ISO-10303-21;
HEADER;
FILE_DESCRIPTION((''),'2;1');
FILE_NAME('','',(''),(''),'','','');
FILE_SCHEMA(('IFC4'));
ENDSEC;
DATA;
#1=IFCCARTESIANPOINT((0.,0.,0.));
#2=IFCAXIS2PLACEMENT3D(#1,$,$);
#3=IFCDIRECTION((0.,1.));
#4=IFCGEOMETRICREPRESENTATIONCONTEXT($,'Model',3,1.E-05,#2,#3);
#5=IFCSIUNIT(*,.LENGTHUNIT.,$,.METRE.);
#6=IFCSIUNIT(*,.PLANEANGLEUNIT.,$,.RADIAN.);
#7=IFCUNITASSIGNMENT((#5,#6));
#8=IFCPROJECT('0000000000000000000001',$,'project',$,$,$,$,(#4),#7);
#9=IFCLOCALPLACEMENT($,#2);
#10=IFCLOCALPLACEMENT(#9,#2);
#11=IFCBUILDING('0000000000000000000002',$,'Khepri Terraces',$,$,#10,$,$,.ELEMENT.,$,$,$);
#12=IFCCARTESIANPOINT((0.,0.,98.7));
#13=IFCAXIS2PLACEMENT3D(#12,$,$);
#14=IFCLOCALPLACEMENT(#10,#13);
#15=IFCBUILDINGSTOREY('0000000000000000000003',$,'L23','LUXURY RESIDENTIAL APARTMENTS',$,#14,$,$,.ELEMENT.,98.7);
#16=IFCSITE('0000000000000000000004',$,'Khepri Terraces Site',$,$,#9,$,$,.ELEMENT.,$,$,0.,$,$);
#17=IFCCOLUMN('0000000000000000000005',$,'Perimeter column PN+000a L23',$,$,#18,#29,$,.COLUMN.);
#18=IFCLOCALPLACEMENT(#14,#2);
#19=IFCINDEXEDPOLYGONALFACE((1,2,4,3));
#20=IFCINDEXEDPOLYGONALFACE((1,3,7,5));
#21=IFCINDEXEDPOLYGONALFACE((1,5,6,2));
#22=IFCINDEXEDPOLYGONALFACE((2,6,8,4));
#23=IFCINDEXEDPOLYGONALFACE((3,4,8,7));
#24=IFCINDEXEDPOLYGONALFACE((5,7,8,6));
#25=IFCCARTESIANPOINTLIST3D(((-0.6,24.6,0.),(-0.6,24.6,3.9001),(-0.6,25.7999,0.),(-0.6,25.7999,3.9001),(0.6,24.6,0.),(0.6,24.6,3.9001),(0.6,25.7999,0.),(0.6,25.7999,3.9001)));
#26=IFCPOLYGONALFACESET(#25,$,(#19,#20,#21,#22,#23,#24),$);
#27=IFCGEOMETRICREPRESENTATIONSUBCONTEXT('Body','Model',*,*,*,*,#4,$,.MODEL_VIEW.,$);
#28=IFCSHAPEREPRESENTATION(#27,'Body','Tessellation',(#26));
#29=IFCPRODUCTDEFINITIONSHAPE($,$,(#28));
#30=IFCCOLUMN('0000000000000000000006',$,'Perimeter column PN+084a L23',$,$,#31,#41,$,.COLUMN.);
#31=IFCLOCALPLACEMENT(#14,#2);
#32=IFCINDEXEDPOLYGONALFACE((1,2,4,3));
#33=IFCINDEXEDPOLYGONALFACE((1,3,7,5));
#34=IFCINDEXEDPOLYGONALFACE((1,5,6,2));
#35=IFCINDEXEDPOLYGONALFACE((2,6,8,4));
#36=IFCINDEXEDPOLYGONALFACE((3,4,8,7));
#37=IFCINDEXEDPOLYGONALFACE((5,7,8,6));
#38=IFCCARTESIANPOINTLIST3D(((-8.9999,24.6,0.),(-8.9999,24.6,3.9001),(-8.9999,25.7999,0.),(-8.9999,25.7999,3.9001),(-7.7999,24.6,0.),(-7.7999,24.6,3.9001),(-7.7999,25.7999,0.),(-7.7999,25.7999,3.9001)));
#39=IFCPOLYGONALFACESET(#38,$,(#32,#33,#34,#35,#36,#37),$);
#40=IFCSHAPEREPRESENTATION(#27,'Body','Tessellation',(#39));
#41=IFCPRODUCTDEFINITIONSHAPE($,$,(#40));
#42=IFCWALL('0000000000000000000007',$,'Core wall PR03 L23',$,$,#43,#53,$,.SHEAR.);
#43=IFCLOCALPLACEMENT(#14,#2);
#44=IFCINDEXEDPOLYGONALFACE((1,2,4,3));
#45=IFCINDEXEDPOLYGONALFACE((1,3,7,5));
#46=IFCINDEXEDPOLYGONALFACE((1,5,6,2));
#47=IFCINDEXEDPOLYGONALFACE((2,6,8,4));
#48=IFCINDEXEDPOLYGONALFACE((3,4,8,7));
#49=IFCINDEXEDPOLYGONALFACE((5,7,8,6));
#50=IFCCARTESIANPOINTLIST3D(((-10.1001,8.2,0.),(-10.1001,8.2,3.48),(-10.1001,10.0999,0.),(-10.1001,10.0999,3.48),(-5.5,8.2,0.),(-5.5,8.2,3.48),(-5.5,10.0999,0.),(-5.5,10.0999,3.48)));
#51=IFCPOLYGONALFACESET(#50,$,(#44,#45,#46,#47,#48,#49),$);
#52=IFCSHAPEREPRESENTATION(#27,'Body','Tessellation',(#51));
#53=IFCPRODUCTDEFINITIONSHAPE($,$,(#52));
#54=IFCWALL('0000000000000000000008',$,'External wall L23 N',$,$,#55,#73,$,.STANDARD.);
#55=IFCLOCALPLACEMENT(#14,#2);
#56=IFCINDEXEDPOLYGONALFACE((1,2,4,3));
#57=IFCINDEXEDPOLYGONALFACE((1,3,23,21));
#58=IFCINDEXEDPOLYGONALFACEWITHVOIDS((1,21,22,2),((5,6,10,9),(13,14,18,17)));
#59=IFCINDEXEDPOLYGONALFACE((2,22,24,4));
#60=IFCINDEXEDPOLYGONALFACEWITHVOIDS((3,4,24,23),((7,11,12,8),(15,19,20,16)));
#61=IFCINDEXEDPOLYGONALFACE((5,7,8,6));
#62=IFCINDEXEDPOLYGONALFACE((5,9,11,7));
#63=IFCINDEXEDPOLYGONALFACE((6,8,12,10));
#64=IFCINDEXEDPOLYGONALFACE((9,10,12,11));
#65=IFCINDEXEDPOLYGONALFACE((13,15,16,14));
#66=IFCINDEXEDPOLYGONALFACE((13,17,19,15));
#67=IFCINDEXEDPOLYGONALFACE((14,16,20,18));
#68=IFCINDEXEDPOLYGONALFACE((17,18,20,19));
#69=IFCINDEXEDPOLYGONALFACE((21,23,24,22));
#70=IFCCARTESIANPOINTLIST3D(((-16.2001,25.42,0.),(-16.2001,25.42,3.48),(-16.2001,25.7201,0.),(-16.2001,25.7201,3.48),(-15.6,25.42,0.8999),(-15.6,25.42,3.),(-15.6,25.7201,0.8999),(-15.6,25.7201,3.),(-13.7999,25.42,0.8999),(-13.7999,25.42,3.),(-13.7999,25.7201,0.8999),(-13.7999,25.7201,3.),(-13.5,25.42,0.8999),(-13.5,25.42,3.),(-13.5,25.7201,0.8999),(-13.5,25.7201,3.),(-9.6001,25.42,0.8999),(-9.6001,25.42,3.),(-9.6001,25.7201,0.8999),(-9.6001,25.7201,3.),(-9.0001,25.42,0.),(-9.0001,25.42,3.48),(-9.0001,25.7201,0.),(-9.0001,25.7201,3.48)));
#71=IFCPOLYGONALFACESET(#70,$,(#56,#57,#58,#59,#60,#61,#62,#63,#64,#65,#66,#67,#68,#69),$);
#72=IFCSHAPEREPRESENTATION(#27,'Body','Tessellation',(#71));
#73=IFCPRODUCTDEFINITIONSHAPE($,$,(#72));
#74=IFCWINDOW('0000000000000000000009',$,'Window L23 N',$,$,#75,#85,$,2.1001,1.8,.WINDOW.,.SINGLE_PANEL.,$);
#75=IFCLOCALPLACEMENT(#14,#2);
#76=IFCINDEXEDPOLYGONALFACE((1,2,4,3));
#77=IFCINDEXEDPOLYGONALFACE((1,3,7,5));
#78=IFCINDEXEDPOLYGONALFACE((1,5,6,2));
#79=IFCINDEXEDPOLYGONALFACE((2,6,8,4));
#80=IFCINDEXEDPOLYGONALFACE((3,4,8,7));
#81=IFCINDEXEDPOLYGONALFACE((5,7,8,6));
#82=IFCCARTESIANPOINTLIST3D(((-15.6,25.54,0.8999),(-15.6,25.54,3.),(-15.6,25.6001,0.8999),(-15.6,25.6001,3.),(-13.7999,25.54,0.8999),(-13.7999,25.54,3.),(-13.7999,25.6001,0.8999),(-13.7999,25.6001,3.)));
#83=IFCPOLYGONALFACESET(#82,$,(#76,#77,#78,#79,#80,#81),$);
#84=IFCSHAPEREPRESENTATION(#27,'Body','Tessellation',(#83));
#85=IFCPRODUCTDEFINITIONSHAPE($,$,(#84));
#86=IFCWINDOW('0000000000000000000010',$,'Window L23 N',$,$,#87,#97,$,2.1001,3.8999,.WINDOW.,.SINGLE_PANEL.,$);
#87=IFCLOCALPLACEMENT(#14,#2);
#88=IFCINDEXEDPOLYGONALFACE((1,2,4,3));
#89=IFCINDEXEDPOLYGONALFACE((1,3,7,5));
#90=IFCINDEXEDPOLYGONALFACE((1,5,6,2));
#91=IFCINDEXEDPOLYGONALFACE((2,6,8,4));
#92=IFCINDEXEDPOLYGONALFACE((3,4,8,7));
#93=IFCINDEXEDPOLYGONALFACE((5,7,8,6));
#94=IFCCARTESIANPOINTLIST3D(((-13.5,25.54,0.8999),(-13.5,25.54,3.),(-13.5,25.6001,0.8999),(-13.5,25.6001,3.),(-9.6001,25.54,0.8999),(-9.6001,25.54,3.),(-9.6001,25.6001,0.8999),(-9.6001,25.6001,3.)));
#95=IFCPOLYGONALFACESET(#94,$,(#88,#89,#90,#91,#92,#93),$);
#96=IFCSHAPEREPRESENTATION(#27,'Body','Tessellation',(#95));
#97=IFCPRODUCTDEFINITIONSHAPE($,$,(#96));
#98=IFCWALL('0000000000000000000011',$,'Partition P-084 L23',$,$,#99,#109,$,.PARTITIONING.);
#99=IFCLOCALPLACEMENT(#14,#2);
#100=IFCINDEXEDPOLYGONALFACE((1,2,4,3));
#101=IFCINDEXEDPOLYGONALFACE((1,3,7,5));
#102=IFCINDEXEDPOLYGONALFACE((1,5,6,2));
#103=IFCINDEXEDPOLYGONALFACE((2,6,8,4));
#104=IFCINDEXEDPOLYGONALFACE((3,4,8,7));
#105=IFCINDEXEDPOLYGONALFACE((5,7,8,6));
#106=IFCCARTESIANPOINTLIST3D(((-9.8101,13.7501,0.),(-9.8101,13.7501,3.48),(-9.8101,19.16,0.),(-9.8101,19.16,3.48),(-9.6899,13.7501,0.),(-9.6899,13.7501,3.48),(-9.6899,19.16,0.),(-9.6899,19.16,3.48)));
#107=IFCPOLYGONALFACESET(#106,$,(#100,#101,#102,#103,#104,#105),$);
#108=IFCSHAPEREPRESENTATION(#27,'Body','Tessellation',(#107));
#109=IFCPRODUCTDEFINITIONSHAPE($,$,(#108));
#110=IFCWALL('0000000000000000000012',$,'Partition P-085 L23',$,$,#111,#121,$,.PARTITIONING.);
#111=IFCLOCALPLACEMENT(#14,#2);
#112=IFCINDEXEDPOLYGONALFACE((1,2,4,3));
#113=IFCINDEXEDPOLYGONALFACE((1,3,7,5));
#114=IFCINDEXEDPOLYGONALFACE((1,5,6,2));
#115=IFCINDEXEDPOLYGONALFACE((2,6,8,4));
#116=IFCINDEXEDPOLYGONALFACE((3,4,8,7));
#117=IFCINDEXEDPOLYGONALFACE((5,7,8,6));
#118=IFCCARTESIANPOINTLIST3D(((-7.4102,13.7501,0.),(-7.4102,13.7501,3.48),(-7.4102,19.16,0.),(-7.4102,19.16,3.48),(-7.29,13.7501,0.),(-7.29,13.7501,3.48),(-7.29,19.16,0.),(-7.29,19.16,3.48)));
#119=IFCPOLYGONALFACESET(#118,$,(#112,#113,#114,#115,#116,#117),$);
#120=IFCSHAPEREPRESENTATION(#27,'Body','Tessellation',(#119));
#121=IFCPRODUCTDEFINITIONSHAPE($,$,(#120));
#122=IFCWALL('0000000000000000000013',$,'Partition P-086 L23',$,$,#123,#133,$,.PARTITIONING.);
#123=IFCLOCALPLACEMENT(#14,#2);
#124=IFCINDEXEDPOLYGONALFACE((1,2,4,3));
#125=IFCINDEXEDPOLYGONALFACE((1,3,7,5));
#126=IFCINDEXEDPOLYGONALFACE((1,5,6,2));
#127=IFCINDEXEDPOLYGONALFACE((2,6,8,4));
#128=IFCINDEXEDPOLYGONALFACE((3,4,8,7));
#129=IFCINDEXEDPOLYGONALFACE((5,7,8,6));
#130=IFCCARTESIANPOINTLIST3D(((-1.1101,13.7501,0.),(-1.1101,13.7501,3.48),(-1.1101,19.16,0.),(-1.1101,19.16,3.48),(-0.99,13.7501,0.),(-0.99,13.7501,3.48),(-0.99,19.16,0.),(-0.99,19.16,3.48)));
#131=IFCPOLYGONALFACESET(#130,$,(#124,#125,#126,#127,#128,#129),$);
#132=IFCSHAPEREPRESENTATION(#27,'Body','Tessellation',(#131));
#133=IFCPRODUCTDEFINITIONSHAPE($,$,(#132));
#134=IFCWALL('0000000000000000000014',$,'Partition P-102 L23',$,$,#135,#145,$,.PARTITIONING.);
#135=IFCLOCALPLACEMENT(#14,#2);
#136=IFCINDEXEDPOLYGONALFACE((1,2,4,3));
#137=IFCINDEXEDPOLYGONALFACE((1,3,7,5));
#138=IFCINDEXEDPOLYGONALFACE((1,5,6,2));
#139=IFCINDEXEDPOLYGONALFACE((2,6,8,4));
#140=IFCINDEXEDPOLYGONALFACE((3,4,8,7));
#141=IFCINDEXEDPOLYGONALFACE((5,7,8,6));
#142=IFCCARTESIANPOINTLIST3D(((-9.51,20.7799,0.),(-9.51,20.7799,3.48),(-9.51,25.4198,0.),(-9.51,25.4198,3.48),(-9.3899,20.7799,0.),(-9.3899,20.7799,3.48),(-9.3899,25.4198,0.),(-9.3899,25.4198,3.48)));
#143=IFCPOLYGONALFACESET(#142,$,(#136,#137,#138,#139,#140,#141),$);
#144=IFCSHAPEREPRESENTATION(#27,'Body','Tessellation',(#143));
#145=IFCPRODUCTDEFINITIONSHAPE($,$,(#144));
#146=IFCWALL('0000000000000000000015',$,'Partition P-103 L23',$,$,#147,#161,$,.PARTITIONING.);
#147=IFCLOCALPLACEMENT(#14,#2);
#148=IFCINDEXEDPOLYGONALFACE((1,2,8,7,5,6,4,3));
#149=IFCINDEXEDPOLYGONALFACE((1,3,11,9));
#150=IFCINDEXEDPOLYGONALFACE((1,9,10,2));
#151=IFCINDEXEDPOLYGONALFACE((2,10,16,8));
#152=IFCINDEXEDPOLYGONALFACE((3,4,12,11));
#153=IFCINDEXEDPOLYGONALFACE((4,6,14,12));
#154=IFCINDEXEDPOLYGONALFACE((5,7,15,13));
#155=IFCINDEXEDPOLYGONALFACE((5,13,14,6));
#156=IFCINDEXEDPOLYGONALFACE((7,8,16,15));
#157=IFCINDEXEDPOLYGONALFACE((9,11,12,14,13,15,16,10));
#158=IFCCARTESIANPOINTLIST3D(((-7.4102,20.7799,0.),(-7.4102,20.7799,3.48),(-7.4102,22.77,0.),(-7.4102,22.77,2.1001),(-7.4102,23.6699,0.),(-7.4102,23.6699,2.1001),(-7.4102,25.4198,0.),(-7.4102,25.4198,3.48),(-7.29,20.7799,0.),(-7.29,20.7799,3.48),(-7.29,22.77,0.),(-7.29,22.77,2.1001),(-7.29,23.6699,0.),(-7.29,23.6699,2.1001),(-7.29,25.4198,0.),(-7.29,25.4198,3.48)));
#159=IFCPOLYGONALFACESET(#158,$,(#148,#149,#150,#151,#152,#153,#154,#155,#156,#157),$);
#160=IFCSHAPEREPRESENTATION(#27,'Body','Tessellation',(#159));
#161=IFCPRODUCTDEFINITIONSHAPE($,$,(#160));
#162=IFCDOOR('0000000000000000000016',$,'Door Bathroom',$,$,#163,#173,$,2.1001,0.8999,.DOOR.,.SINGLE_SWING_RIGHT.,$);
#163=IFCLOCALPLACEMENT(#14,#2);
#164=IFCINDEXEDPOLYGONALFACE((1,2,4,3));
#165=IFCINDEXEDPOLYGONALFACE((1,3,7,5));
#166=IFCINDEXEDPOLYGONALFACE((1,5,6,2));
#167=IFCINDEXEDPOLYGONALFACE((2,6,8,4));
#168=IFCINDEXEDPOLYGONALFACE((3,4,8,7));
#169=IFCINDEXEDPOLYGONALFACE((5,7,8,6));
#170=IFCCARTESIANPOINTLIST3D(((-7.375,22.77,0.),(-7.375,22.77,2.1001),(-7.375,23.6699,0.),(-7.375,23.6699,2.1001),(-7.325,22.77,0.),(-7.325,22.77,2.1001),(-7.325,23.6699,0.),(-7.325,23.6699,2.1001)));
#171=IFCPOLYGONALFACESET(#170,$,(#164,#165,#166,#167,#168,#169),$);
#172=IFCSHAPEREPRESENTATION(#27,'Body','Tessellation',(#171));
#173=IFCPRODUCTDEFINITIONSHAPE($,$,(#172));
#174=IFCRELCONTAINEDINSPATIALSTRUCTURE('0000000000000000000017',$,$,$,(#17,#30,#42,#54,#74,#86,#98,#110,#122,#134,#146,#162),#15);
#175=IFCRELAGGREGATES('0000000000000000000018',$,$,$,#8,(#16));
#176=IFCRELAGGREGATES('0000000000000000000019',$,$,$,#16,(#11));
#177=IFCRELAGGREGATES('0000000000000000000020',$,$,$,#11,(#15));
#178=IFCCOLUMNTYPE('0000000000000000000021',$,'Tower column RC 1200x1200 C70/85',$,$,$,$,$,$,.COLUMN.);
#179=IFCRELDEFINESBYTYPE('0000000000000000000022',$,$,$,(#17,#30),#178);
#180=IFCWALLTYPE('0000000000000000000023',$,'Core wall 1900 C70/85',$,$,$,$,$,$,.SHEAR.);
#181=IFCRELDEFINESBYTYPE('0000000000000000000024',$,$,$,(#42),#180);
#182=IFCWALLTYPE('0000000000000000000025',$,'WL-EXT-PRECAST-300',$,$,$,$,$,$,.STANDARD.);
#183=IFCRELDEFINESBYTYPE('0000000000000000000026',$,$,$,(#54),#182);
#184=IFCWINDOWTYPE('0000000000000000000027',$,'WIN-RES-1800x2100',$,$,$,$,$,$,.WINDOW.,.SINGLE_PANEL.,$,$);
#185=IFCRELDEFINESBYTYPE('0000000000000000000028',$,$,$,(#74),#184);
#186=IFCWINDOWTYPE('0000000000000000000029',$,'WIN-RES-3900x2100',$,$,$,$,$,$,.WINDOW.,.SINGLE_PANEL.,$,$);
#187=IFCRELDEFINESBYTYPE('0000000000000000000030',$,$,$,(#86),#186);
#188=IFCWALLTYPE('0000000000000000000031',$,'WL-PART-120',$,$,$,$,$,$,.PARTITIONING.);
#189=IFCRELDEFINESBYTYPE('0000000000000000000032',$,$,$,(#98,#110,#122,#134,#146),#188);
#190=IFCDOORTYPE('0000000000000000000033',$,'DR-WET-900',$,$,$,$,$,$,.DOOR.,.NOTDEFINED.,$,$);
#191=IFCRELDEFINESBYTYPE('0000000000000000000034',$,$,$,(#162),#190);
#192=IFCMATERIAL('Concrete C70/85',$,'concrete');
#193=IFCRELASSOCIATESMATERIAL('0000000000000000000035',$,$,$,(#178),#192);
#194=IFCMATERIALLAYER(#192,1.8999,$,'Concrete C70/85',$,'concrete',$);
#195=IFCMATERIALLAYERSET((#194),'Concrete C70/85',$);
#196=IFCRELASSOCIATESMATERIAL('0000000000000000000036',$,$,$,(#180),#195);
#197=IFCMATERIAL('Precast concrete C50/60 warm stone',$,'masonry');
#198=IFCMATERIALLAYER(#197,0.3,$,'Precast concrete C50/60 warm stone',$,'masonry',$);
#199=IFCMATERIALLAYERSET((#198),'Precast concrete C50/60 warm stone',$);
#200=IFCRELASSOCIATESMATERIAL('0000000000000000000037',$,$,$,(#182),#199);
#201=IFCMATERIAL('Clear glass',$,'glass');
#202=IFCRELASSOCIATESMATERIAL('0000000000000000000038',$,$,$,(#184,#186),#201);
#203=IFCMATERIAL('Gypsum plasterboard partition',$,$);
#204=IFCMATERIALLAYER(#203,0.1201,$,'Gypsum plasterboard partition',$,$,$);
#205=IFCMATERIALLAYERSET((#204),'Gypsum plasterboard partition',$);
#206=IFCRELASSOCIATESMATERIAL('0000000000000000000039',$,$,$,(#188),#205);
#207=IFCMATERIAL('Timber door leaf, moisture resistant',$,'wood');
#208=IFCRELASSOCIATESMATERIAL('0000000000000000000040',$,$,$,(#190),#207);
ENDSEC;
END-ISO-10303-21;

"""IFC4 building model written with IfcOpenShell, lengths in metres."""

from ifc_helpers import new_model, si_unit, direction, frame, frame_2d, origin, origin_2d, place, context, subcontext, project, spatial, rectangle, extrude, material, layer, layer_set, material_profile, profile_set, type_object, element, fill, save


model = new_model("IFC4")

# Units and contexts
model_context = context("Model", 3, precision=1e-05, world=origin(), true_north=direction((0.0, 1.0)))
body_context = subcontext(model_context, "Body", "Model", "MODEL_VIEW")
ifc_project = project(units=[si_unit("LENGTHUNIT", "METRE"), si_unit("PLANEANGLEUNIT", "RADIAN")], contexts=[model_context])

# Site, building, storey
site_placement = place(None, origin())
site = spatial("IfcSite", under=ifc_project, at=site_placement, Name="Khepri Terraces Site", CompositionType="ELEMENT", RefElevation=0.0)
building_placement = place(site_placement, origin())
building = spatial("IfcBuilding", under=site, at=building_placement, Name="Khepri Terraces", CompositionType="ELEMENT")
storey_placement = place(building_placement, frame((0.0, 0.0, 98.7)))
storey = spatial("IfcBuildingStorey", under=building, at=storey_placement, Name="L23", Description="LUXURY RESIDENTIAL APARTMENTS", CompositionType="ELEMENT", Elevation=98.7)

# Columns
ifc_material_1 = material(Name="Concrete C70/85", Category="concrete")
ifc_material_profile = material_profile(ifc_material_1, rectangle(XDim=1.2, YDim=1.2, at=origin_2d()), Name="Concrete C70/85", Category="concrete")
ifc_profile_set = profile_set([ifc_material_profile], Name="Concrete C70/85")
column_type = type_object("IfcColumnType", Name="Tower column RC 1200x1200 C70/85", PredefinedType="COLUMN", material=ifc_profile_set)
for number, where, z_axis, x_axis, name in (
    (1, (0.0, 25.2, 0.0), (0.0, 0.0, 1.0), (1.0, 0.0, 0.0), "Perimeter column PN+000a L23"),
    (2, (-8.3999, 25.2, 0.0), (0.0, 0.0, 1.0), (1.0, 0.0, 0.0), "Perimeter column PN+084a L23"),
):
    element("IfcColumn", number, at=place(storey_placement, frame(where, z_axis=z_axis, x_axis=x_axis)), inside=storey, type_object=column_type, Name=name, PredefinedType="COLUMN", context=body_context, shape_type="SweptSolid", body=[
        extrude(rectangle(XDim=1.2, YDim=1.2, at=origin_2d()), origin(), (0.0, 0.0, 1.0), 3.9001),
    ])

# Wall
ifc_layer_1 = layer(ifc_material_1, 1.8999, Name="Concrete C70/85", Category="concrete")
ifc_layer_set_1 = layer_set([ifc_layer_1], Name="Concrete C70/85")
wall_type_1 = type_object("IfcWallType", Name="Core wall 1900 C70/85", PredefinedType="SHEAR", material=ifc_layer_set_1)
wall_1_placement = place(storey_placement, frame((-10.1001, 9.1499, 0.0), z_axis=(0.0, 0.0, 1.0), x_axis=(1.0, 0.0, 0.0)))
element("IfcWall", 3, at=wall_1_placement, inside=storey, type_object=wall_type_1, Name="Core wall PR03 L23", PredefinedType="SHEAR", context=body_context, shape_type="SweptSolid", body=[
    extrude(rectangle(XDim=4.6001, YDim=1.8999, at=frame_2d((2.3, 0.0))), origin(), (0.0, 0.0, 1.0), 3.48),
])

# Shared definitions
ifc_material_2 = material(Name="Precast concrete C50/60 warm stone", Category="masonry")
ifc_layer_2 = layer(ifc_material_2, 0.3, Name="Precast concrete C50/60 warm stone", Category="masonry")
ifc_layer_set_2 = layer_set([ifc_layer_2], Name="Precast concrete C50/60 warm stone")
wall_type_2 = type_object("IfcWallType", Name="WL-EXT-PRECAST-300", PredefinedType="STANDARD", material=ifc_layer_set_2)
ifc_material_3 = material(Name="Clear glass", Category="glass")
window_type_1 = type_object("IfcWindowType", Name="WIN-RES-1800x2100", PartitioningType="SINGLE_PANEL", PredefinedType="WINDOW", material=ifc_material_3)

# Wall, openings, windows
wall_2_placement = place(storey_placement, frame((-9.0, 25.5701, 0.0), z_axis=(0.0, 0.0, 1.0), x_axis=(-1.0, 0.0, 0.0)))
wall_2 = element("IfcWall", 4, at=wall_2_placement, inside=storey, type_object=wall_type_2, Name="External wall L23 N", PredefinedType="STANDARD", context=body_context, shape_type="SweptSolid", body=[
    extrude(rectangle(XDim=7.2, YDim=0.3, at=frame_2d((3.6001, 0.0))), origin(), (0.0, 0.0, 1.0), 3.48),
])
opening_1_placement = place(wall_2_placement, frame((0.6001, 0.0, 0.8999)))
opening_1 = element("IfcOpeningElement", 5, at=opening_1_placement, cuts=wall_2, PredefinedType="OPENING", context=body_context, shape_type="SweptSolid", body=[
    extrude(rectangle(XDim=3.8999, YDim=2.1001, at=frame_2d((1.95, 1.05))), frame((0.0, 0.1602, 0.0), z_axis=(0.0, -1.0, 0.0), x_axis=(1.0, 0.0, 0.0)), (0.0, 0.0, 1.0), 0.3201),
])
opening_2_placement = place(wall_2_placement, frame((4.8, 0.0, 0.8999)))
opening_2 = element("IfcOpeningElement", 6, at=opening_2_placement, cuts=wall_2, PredefinedType="OPENING", context=body_context, shape_type="SweptSolid", body=[
    extrude(rectangle(XDim=1.8, YDim=2.1001, at=frame_2d((0.8999, 1.05))), frame((0.0, 0.1602, 0.0), z_axis=(0.0, -1.0, 0.0), x_axis=(1.0, 0.0, 0.0)), (0.0, 0.0, 1.0), 0.3201),
])
window_1_placement = place(opening_2_placement, origin())
window_1 = element("IfcWindow", 7, at=window_1_placement, inside=storey, type_object=window_type_1, Name="Window L23 N", OverallHeight=2.1001, OverallWidth=1.8, PartitioningType="SINGLE_PANEL", PredefinedType="WINDOW", context=body_context, shape_type="SweptSolid", body=[
    extrude(rectangle(XDim=1.8, YDim=2.1001, at=frame_2d((0.8999, 1.05))), frame((0.0, 0.03, 0.0), z_axis=(0.0, -1.0, 0.0), x_axis=(1.0, 0.0, 0.0)), (0.0, 0.0, 1.0), 0.0601),
])
fill(opening_2, window_1)
window_type_2 = type_object("IfcWindowType", Name="WIN-RES-3900x2100", PartitioningType="SINGLE_PANEL", PredefinedType="WINDOW", material=ifc_material_3)
window_2_placement = place(opening_1_placement, origin())
window_2 = element("IfcWindow", 8, at=window_2_placement, inside=storey, type_object=window_type_2, Name="Window L23 N", OverallHeight=2.1001, OverallWidth=3.8999, PartitioningType="SINGLE_PANEL", PredefinedType="WINDOW", context=body_context, shape_type="SweptSolid", body=[
    extrude(rectangle(XDim=3.8999, YDim=2.1001, at=frame_2d((1.95, 1.05))), frame((0.0, 0.03, 0.0), z_axis=(0.0, -1.0, 0.0), x_axis=(1.0, 0.0, 0.0)), (0.0, 0.0, 1.0), 0.0601),
])
fill(opening_1, window_2)

# Walls
ifc_material_4 = material(Name="Gypsum plasterboard partition")
ifc_layer_3 = layer(ifc_material_4, 0.1201, Name="Gypsum plasterboard partition")
ifc_layer_set_3 = layer_set([ifc_layer_3], Name="Gypsum plasterboard partition")
wall_type_3 = type_object("IfcWallType", Name="WL-PART-120", PredefinedType="PARTITIONING", material=ifc_layer_set_3)
for number, where, z_axis, x_axis, name in (
    (9, (-9.75, 13.75, 0.0), (0.0, 0.0, 1.0), (0.0, 1.0, 0.0), "Partition P-084 L23"),
    (10, (-7.3501, 13.75, 0.0), (0.0, 0.0, 1.0), (0.0, 1.0, 0.0), "Partition P-085 L23"),
    (11, (-1.05, 13.75, 0.0), (0.0, 0.0, 1.0), (0.0, 1.0, 0.0), "Partition P-086 L23"),
):
    element("IfcWall", number, at=place(storey_placement, frame(where, z_axis=z_axis, x_axis=x_axis)), inside=storey, type_object=wall_type_3, Name=name, PredefinedType="PARTITIONING", context=body_context, shape_type="SweptSolid", body=[
        extrude(rectangle(XDim=5.4099, YDim=0.1201, at=frame_2d((2.7051, 0.0))), origin(), (0.0, 0.0, 1.0), 3.48),
    ])
wall_3_placement = place(storey_placement, frame((-9.45, 20.78, 0.0), z_axis=(0.0, 0.0, 1.0), x_axis=(0.0, 1.0, 0.0)))
element("IfcWall", 12, at=wall_3_placement, inside=storey, type_object=wall_type_3, Name="Partition P-102 L23", PredefinedType="PARTITIONING", context=body_context, shape_type="SweptSolid", body=[
    extrude(rectangle(XDim=4.6399, YDim=0.1201, at=frame_2d((2.3198, 0.0))), origin(), (0.0, 0.0, 1.0), 3.48),
])

# Wall, opening, door
wall_4_placement = place(storey_placement, frame((-7.3501, 20.78, 0.0), z_axis=(0.0, 0.0, 1.0), x_axis=(0.0, 1.0, 0.0)))
wall_4 = element("IfcWall", 13, at=wall_4_placement, inside=storey, type_object=wall_type_3, Name="Partition P-103 L23", PredefinedType="PARTITIONING", context=body_context, shape_type="SweptSolid", body=[
    extrude(rectangle(XDim=4.6399, YDim=0.1201, at=frame_2d((2.3198, 0.0))), origin(), (0.0, 0.0, 1.0), 3.48),
])
opening_3_placement = place(wall_4_placement, frame((1.99, 0.0, 0.0)))
opening_3 = element("IfcOpeningElement", 14, at=opening_3_placement, cuts=wall_4, PredefinedType="OPENING", context=body_context, shape_type="SweptSolid", body=[
    extrude(rectangle(XDim=0.8999, YDim=2.1001, at=frame_2d((0.45, 1.05))), frame((0.0, 0.0701, 0.0), z_axis=(0.0, -1.0, 0.0), x_axis=(1.0, 0.0, 0.0)), (0.0, 0.0, 1.0), 0.1401),
])
ifc_material_5 = material(Name="Timber door leaf, moisture resistant", Category="wood")
door_type_1 = type_object("IfcDoorType", Name="DR-WET-900", OperationType="NOTDEFINED", PredefinedType="DOOR", material=ifc_material_5)
door_1_placement = place(opening_3_placement, origin())
door_1 = element("IfcDoor", 15, at=door_1_placement, inside=storey, type_object=door_type_1, Name="Door Bathroom", OperationType="SINGLE_SWING_RIGHT", OverallHeight=2.1001, OverallWidth=0.8999, PredefinedType="DOOR", context=body_context, shape_type="SweptSolid", body=[
    extrude(rectangle(XDim=0.8999, YDim=2.1001, at=frame_2d((0.45, 1.05))), frame((0.0, 0.0249, 0.0), z_axis=(0.0, -1.0, 0.0), x_axis=(1.0, 0.0, 0.0)), (0.0, 0.0, 1.0), 0.05),
])
fill(opening_3, door_1)

save(model, "model.ifc")
